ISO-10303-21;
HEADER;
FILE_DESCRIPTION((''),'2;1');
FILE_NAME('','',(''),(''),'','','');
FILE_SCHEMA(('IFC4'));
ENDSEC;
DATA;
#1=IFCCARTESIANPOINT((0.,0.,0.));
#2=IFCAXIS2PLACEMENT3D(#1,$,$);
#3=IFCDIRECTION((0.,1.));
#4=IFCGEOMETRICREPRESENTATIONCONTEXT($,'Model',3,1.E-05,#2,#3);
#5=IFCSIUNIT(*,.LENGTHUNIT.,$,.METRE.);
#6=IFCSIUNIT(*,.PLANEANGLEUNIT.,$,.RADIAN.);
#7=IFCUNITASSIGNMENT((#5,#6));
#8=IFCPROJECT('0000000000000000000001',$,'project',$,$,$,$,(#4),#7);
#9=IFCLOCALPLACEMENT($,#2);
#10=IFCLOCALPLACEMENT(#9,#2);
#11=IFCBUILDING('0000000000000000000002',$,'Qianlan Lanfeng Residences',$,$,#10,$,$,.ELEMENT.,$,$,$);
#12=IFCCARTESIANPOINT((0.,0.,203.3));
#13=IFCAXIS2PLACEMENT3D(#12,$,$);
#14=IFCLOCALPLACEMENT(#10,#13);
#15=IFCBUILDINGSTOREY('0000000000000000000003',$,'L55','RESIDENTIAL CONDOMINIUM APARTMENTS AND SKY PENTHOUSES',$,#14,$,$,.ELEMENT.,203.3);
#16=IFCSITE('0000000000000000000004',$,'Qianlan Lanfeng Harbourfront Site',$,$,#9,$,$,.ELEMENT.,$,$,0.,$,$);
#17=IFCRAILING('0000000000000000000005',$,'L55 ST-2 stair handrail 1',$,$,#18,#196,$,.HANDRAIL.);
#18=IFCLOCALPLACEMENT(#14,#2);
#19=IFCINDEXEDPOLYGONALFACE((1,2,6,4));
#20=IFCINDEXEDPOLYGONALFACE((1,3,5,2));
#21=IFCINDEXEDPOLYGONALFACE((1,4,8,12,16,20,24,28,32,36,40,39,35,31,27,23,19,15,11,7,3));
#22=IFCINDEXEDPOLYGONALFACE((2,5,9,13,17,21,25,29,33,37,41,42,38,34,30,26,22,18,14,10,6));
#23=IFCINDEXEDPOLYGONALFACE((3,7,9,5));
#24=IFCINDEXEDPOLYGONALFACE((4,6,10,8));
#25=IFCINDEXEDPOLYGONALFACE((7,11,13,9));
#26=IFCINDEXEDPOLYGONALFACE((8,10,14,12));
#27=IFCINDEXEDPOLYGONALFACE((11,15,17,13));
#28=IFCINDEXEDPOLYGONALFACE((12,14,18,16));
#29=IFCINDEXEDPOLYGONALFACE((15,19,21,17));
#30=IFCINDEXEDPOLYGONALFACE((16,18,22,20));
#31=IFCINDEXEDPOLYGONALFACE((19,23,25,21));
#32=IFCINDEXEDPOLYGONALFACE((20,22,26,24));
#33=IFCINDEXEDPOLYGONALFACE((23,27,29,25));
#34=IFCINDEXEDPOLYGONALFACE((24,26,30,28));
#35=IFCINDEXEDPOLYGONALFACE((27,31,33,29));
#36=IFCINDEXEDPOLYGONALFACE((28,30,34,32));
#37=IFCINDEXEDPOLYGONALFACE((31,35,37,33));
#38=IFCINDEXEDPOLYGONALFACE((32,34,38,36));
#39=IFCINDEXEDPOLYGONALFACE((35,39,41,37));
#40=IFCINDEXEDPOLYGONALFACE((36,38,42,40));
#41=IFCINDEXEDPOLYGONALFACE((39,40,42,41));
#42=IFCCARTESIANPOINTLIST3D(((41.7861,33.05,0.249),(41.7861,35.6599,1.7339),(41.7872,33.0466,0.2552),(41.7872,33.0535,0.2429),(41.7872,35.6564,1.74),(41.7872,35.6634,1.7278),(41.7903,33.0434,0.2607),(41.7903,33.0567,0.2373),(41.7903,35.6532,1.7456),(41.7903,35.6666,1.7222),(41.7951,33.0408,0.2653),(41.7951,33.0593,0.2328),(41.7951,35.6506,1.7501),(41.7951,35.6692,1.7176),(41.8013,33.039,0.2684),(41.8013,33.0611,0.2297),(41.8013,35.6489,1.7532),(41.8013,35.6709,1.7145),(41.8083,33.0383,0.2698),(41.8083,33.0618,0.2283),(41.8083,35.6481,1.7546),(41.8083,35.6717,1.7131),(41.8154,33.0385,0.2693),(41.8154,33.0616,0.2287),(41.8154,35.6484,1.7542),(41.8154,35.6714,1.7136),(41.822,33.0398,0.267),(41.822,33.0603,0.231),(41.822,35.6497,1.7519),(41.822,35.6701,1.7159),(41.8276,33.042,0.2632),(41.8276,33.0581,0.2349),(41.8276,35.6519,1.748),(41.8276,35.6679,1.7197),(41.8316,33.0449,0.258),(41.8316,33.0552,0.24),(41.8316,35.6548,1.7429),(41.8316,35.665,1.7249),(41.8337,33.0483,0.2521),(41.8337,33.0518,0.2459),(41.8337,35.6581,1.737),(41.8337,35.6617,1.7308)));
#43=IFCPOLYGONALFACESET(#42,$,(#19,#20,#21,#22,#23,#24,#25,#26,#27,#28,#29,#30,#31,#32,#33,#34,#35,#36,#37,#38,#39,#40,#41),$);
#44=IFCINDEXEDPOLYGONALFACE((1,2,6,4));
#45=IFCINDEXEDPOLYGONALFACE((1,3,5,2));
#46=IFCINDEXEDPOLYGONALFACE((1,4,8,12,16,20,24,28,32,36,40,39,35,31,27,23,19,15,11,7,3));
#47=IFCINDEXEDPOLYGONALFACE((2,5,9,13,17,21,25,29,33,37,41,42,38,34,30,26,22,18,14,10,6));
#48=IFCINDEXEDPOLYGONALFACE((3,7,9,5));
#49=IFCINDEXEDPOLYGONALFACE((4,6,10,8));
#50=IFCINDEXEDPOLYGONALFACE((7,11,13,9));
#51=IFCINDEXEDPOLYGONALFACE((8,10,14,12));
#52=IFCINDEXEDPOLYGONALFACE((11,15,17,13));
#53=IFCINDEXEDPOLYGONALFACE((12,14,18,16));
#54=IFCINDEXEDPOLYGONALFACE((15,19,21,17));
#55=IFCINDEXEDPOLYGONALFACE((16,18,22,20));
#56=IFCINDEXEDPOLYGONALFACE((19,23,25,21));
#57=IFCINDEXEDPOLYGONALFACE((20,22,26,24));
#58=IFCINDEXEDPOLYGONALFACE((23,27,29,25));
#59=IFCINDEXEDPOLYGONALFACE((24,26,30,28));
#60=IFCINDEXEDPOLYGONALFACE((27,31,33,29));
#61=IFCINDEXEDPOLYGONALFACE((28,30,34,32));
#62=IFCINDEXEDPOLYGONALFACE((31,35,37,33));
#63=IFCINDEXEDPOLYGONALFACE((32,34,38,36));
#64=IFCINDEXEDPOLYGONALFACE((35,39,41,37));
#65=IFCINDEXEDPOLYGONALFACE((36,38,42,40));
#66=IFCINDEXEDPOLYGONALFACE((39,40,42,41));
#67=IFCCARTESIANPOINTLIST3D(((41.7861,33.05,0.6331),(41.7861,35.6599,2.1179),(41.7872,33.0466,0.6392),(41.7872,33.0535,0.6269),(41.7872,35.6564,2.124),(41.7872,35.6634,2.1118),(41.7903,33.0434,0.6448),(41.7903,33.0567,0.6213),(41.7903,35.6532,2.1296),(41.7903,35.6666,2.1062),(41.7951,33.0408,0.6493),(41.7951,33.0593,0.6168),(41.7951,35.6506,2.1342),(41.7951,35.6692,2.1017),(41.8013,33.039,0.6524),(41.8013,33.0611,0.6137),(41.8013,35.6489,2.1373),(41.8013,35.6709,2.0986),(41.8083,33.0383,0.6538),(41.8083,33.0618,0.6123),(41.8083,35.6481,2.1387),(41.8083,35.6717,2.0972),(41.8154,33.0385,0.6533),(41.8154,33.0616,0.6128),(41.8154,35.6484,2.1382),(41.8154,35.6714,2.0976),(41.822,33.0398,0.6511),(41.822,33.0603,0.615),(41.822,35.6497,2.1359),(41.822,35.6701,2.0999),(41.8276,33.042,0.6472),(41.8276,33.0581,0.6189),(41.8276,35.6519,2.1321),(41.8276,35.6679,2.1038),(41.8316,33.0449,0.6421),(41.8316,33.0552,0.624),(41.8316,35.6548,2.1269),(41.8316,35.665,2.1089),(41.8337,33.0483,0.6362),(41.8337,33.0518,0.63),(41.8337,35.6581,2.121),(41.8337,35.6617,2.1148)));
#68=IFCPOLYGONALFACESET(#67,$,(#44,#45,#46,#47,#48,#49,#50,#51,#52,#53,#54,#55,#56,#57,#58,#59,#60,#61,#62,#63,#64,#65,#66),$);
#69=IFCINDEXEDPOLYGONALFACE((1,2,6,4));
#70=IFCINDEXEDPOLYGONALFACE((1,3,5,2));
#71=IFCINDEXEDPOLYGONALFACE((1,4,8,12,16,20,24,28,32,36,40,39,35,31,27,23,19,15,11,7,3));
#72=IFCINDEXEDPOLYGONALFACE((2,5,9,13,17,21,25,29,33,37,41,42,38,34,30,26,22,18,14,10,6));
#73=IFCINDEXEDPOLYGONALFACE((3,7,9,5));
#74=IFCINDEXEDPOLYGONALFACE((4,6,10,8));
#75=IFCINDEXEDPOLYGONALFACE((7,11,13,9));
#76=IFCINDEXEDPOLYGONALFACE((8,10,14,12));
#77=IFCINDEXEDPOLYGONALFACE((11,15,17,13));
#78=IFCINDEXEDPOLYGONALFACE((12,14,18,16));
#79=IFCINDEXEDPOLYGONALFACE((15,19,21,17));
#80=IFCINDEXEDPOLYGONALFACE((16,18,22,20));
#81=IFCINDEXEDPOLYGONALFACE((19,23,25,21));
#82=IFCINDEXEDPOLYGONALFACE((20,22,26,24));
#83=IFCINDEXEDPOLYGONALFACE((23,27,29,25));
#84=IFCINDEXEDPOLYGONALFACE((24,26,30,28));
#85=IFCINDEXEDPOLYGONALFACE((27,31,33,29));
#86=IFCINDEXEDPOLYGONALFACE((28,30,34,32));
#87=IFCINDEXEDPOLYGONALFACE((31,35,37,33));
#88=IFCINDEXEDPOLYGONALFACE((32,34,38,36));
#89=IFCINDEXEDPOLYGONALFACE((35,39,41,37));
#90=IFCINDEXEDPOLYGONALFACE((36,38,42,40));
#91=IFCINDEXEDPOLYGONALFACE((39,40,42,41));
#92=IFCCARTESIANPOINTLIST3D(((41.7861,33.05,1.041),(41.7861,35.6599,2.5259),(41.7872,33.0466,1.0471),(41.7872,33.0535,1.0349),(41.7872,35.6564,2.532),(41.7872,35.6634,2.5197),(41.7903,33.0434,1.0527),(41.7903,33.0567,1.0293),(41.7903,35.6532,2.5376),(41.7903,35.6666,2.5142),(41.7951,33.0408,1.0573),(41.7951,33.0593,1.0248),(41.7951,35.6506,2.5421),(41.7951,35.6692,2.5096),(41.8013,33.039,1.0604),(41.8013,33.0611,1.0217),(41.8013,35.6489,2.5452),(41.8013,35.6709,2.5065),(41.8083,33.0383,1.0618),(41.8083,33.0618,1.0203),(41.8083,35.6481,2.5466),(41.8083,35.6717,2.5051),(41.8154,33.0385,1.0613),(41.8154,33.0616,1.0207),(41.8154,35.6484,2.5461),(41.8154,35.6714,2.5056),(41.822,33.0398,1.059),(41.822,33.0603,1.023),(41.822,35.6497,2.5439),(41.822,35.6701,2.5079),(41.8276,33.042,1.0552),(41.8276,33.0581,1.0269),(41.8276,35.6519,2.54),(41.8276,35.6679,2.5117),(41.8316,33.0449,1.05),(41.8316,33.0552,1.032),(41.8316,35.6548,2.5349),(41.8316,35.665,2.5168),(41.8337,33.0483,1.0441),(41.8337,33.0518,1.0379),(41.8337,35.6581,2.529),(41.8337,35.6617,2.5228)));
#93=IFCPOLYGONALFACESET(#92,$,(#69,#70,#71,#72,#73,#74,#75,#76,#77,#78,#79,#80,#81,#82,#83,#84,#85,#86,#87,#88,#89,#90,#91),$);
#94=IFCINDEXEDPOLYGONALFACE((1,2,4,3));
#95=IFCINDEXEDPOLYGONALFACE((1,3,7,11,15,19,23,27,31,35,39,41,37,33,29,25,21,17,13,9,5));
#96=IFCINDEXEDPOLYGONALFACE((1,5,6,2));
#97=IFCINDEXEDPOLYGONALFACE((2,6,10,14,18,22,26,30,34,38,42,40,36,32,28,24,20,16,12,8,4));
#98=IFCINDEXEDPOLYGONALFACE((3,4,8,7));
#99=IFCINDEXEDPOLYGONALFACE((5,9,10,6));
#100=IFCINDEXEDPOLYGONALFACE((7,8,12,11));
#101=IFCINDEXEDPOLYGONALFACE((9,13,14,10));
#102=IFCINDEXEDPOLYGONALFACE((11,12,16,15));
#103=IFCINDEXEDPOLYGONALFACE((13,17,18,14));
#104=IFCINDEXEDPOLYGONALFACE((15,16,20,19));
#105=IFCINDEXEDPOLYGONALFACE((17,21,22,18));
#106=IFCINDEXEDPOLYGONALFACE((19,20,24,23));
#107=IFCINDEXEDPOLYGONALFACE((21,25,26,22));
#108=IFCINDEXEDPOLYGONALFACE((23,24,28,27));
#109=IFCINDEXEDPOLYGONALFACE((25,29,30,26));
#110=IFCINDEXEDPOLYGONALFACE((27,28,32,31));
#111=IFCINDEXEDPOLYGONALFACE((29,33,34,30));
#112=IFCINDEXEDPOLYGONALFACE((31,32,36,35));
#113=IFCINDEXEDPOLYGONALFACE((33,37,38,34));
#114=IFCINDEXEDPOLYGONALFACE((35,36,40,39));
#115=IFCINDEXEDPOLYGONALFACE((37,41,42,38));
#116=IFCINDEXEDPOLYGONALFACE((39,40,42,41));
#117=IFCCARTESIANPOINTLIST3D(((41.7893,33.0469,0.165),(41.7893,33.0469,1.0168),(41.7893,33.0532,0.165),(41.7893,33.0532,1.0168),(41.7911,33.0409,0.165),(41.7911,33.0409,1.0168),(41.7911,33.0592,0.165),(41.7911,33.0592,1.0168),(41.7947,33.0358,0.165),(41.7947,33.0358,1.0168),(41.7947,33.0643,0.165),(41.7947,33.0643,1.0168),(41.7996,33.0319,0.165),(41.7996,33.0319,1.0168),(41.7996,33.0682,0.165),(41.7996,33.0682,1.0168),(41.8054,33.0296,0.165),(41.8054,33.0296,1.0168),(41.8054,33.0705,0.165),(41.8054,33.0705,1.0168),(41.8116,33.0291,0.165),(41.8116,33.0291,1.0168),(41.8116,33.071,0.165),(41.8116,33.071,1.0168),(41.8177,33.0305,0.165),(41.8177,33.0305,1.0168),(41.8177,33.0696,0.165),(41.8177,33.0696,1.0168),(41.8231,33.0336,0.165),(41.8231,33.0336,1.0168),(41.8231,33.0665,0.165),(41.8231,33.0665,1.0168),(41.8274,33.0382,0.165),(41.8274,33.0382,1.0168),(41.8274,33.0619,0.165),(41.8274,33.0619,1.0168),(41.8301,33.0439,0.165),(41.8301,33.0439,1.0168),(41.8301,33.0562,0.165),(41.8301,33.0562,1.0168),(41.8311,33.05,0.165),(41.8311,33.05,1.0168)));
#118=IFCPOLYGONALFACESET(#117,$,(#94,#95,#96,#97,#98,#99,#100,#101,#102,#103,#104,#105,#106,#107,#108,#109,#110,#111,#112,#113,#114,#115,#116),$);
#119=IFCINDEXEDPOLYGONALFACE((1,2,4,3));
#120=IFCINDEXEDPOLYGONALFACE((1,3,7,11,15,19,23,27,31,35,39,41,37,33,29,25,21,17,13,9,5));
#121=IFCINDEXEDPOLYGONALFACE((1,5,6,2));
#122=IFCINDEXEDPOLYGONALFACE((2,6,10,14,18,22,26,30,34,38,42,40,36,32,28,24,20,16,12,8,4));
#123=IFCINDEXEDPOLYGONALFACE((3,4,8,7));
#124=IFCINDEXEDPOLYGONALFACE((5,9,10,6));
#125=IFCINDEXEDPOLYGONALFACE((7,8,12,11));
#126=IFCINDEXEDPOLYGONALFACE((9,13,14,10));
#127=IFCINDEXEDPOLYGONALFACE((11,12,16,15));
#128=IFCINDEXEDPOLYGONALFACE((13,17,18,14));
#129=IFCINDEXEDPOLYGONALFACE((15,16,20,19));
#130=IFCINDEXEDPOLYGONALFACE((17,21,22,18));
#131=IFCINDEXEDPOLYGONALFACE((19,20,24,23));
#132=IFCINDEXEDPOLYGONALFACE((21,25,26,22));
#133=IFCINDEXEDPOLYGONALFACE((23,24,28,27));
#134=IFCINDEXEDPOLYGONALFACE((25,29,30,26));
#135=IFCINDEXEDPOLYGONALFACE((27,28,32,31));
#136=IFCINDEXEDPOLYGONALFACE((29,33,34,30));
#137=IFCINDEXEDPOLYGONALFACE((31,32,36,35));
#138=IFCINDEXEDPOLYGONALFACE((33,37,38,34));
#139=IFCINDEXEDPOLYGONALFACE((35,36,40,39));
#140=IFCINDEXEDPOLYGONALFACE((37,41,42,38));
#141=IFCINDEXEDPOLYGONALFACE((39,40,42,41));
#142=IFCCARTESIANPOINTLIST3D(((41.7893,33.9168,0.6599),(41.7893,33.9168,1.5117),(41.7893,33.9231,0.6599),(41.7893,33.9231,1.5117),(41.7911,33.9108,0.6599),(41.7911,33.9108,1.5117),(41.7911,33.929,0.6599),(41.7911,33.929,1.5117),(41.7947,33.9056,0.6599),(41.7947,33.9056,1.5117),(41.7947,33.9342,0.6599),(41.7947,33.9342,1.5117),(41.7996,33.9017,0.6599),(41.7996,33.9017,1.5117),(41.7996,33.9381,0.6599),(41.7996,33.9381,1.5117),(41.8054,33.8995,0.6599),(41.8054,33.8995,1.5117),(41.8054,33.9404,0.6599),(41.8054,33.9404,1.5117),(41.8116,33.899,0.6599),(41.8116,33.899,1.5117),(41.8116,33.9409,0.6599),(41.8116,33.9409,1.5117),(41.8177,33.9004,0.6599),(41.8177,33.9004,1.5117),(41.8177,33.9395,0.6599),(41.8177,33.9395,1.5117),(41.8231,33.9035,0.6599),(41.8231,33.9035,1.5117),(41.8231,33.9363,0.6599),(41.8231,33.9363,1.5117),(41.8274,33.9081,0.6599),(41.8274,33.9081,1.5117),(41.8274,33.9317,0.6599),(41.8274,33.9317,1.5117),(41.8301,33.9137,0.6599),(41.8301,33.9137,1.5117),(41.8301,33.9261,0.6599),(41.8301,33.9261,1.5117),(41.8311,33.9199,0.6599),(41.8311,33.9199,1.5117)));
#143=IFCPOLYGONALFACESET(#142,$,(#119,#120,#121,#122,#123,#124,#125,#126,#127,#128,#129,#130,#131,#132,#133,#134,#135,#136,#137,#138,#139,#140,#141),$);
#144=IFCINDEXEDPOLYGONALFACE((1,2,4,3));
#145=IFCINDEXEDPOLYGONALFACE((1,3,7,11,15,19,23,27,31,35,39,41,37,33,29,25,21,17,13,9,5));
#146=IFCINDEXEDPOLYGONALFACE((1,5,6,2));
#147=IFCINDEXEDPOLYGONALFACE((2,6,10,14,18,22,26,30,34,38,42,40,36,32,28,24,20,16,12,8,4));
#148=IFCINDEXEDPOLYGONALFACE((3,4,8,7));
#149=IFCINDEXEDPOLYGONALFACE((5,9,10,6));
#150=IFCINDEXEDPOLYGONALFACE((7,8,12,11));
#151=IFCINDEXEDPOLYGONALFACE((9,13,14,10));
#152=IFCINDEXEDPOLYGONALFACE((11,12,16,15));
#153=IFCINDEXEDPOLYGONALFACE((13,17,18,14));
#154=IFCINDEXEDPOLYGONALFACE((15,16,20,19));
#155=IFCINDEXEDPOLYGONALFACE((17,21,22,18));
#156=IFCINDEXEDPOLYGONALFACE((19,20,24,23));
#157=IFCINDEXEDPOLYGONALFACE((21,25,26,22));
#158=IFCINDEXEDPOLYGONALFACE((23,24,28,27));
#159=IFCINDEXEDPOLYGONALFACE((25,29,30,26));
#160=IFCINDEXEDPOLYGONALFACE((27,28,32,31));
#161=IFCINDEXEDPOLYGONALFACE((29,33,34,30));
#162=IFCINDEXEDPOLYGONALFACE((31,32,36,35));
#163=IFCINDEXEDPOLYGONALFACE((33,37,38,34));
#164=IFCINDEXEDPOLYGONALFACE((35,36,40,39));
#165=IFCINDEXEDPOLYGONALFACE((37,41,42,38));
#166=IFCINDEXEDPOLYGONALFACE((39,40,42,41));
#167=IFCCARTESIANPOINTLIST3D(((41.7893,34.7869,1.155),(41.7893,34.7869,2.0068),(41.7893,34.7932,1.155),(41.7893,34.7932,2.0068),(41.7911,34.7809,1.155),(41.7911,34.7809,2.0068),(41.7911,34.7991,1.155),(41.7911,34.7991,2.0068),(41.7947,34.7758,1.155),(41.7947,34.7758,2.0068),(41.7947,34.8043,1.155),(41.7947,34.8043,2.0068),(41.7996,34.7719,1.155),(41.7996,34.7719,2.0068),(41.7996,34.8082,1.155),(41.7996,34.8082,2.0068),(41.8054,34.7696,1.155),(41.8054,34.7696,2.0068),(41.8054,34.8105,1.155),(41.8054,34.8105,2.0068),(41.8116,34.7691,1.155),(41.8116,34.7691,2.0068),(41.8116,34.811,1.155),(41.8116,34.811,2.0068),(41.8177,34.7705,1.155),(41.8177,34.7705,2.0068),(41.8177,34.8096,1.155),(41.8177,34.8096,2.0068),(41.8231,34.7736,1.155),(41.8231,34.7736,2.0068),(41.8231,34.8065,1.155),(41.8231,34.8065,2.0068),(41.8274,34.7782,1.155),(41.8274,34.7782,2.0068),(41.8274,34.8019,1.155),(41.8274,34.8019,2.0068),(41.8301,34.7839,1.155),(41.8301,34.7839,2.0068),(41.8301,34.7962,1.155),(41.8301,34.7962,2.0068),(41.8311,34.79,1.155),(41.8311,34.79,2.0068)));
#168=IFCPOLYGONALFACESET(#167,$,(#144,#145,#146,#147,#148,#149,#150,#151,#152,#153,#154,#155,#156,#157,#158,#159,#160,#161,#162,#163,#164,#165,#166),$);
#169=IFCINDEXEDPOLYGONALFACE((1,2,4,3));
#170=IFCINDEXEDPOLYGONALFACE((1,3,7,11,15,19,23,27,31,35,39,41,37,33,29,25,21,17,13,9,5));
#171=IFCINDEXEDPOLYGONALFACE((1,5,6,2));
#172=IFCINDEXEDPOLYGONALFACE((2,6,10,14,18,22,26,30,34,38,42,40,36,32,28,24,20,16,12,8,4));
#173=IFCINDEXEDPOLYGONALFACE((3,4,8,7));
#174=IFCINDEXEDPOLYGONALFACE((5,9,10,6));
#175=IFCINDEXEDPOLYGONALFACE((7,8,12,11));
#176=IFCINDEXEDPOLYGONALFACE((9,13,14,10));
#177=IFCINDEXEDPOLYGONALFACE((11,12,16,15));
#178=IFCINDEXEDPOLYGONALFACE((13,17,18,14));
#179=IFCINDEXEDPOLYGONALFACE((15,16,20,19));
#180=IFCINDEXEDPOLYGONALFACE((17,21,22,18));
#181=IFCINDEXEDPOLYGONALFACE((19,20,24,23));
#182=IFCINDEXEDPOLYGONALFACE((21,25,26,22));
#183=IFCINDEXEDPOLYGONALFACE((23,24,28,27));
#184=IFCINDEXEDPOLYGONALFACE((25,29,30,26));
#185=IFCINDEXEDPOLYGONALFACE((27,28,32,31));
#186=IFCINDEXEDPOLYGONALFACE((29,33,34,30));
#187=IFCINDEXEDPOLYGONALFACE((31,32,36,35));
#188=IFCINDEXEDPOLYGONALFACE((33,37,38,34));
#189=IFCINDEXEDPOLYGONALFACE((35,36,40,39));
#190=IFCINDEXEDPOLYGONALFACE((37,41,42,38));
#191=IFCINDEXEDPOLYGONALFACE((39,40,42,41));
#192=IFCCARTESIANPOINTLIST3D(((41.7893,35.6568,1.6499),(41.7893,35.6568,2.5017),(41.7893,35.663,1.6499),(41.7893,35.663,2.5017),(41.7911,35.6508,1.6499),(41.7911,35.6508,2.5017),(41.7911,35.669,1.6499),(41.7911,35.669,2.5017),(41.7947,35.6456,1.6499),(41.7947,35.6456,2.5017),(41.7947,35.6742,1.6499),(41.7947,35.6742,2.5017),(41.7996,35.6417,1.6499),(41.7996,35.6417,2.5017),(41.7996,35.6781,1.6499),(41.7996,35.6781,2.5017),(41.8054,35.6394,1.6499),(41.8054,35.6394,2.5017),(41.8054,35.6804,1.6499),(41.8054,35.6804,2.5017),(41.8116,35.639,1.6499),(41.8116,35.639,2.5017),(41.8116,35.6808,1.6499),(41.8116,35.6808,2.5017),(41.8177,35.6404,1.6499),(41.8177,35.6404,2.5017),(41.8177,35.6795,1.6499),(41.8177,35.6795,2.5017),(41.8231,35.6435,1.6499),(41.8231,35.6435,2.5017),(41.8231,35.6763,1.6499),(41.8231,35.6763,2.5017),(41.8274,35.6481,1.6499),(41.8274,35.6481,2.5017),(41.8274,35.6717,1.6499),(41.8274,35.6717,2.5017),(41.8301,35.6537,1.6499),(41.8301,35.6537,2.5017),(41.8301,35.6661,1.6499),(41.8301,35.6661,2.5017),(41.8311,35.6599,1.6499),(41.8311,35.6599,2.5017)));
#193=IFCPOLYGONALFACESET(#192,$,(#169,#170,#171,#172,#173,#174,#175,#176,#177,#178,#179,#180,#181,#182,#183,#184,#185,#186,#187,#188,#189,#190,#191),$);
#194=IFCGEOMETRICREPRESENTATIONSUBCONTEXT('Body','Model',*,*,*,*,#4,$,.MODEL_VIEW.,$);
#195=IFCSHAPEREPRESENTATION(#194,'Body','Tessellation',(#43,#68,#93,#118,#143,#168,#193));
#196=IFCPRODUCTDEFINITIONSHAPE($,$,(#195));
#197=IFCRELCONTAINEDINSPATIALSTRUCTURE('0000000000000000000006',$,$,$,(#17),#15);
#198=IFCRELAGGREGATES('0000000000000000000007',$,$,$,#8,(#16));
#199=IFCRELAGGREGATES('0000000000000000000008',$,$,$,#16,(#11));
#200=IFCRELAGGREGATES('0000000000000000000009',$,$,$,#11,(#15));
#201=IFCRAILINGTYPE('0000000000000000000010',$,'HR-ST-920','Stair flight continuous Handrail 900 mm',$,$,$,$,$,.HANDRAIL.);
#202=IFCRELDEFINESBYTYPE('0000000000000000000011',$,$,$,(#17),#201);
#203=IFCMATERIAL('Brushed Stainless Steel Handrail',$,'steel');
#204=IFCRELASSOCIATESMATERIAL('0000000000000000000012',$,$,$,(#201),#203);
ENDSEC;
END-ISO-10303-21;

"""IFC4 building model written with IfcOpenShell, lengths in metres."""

from ifc_helpers import new_model, si_unit, direction, frame, origin, origin_2d, place, context, subcontext, project, spatial, circle, extrude, material, type_object, element, save


model = new_model("IFC4")

# Units and contexts
model_context = context("Model", 3, precision=1e-05, world=origin(), true_north=direction((0.0, 1.0)))
body_context = subcontext(model_context, "Body", "Model", "MODEL_VIEW")
ifc_project = project(units=[si_unit("LENGTHUNIT", "METRE"), si_unit("PLANEANGLEUNIT", "RADIAN")], contexts=[model_context])

# Site, building, storey
site_placement = place(None, origin())
site = spatial("IfcSite", under=ifc_project, at=site_placement, Name="Qianlan Lanfeng Harbourfront Site", CompositionType="ELEMENT", RefElevation=0.0)
building_placement = place(site_placement, origin())
building = spatial("IfcBuilding", under=site, at=building_placement, Name="Qianlan Lanfeng Residences", CompositionType="ELEMENT")
storey_placement = place(building_placement, frame((0.0, 0.0, 203.3)))
storey = spatial("IfcBuildingStorey", under=building, at=storey_placement, Name="L55", Description="RESIDENTIAL CONDOMINIUM APARTMENTS AND SKY PENTHOUSES", CompositionType="ELEMENT", Elevation=203.3)

# Railing
ifc_material_1 = material(Name="Brushed Stainless Steel Handrail", Category="steel")
railing_type_1 = type_object("IfcRailingType", Name="HR-ST-920", Description="Stair flight continuous Handrail 900 mm", PredefinedType="HANDRAIL", material=ifc_material_1)
railing_1_placement = place(storey_placement, frame((41.8101, 33.05, 0.165)))
element("IfcRailing", 1, at=railing_1_placement, inside=storey, type_object=railing_type_1, Name="L55 ST-2 stair handrail 1", PredefinedType="HANDRAIL", context=body_context, shape_type="SweptSolid", body=[
    extrude(circle(Radius=0.0239, at=origin_2d()), frame((0.0, 0.0, 0.084), z_axis=(0.0, 0.869172, 0.494509), x_axis=(-1.0, 0.0, 0.0)), (0.0, 0.0, 1.0), 3.0027),
    extrude(circle(Radius=0.0239, at=origin_2d()), frame((0.0, 0.0, 0.468), z_axis=(0.0, 0.869172, 0.494509), x_axis=(-1.0, 0.0, 0.0)), (0.0, 0.0, 1.0), 3.0027),
    extrude(circle(Radius=0.0239, at=origin_2d()), frame((0.0, 0.0, 0.876), z_axis=(0.0, 0.869172, 0.494509), x_axis=(-1.0, 0.0, 0.0)), (0.0, 0.0, 1.0), 3.0027),
    extrude(circle(Radius=0.021, at=origin_2d()), origin(), (0.0, 0.0, 1.0), 0.8518),
    extrude(circle(Radius=0.021, at=origin_2d()), frame((0.0, 0.8699, 0.4949)), (0.0, 0.0, 1.0), 0.8518),
    extrude(circle(Radius=0.021, at=origin_2d()), frame((0.0, 1.74, 0.99)), (0.0, 0.0, 1.0), 0.8518),
    extrude(circle(Radius=0.021, at=origin_2d()), frame((0.0, 2.6099, 1.4849)), (0.0, 0.0, 1.0), 0.8518),
])

save(model, "model.ifc")
